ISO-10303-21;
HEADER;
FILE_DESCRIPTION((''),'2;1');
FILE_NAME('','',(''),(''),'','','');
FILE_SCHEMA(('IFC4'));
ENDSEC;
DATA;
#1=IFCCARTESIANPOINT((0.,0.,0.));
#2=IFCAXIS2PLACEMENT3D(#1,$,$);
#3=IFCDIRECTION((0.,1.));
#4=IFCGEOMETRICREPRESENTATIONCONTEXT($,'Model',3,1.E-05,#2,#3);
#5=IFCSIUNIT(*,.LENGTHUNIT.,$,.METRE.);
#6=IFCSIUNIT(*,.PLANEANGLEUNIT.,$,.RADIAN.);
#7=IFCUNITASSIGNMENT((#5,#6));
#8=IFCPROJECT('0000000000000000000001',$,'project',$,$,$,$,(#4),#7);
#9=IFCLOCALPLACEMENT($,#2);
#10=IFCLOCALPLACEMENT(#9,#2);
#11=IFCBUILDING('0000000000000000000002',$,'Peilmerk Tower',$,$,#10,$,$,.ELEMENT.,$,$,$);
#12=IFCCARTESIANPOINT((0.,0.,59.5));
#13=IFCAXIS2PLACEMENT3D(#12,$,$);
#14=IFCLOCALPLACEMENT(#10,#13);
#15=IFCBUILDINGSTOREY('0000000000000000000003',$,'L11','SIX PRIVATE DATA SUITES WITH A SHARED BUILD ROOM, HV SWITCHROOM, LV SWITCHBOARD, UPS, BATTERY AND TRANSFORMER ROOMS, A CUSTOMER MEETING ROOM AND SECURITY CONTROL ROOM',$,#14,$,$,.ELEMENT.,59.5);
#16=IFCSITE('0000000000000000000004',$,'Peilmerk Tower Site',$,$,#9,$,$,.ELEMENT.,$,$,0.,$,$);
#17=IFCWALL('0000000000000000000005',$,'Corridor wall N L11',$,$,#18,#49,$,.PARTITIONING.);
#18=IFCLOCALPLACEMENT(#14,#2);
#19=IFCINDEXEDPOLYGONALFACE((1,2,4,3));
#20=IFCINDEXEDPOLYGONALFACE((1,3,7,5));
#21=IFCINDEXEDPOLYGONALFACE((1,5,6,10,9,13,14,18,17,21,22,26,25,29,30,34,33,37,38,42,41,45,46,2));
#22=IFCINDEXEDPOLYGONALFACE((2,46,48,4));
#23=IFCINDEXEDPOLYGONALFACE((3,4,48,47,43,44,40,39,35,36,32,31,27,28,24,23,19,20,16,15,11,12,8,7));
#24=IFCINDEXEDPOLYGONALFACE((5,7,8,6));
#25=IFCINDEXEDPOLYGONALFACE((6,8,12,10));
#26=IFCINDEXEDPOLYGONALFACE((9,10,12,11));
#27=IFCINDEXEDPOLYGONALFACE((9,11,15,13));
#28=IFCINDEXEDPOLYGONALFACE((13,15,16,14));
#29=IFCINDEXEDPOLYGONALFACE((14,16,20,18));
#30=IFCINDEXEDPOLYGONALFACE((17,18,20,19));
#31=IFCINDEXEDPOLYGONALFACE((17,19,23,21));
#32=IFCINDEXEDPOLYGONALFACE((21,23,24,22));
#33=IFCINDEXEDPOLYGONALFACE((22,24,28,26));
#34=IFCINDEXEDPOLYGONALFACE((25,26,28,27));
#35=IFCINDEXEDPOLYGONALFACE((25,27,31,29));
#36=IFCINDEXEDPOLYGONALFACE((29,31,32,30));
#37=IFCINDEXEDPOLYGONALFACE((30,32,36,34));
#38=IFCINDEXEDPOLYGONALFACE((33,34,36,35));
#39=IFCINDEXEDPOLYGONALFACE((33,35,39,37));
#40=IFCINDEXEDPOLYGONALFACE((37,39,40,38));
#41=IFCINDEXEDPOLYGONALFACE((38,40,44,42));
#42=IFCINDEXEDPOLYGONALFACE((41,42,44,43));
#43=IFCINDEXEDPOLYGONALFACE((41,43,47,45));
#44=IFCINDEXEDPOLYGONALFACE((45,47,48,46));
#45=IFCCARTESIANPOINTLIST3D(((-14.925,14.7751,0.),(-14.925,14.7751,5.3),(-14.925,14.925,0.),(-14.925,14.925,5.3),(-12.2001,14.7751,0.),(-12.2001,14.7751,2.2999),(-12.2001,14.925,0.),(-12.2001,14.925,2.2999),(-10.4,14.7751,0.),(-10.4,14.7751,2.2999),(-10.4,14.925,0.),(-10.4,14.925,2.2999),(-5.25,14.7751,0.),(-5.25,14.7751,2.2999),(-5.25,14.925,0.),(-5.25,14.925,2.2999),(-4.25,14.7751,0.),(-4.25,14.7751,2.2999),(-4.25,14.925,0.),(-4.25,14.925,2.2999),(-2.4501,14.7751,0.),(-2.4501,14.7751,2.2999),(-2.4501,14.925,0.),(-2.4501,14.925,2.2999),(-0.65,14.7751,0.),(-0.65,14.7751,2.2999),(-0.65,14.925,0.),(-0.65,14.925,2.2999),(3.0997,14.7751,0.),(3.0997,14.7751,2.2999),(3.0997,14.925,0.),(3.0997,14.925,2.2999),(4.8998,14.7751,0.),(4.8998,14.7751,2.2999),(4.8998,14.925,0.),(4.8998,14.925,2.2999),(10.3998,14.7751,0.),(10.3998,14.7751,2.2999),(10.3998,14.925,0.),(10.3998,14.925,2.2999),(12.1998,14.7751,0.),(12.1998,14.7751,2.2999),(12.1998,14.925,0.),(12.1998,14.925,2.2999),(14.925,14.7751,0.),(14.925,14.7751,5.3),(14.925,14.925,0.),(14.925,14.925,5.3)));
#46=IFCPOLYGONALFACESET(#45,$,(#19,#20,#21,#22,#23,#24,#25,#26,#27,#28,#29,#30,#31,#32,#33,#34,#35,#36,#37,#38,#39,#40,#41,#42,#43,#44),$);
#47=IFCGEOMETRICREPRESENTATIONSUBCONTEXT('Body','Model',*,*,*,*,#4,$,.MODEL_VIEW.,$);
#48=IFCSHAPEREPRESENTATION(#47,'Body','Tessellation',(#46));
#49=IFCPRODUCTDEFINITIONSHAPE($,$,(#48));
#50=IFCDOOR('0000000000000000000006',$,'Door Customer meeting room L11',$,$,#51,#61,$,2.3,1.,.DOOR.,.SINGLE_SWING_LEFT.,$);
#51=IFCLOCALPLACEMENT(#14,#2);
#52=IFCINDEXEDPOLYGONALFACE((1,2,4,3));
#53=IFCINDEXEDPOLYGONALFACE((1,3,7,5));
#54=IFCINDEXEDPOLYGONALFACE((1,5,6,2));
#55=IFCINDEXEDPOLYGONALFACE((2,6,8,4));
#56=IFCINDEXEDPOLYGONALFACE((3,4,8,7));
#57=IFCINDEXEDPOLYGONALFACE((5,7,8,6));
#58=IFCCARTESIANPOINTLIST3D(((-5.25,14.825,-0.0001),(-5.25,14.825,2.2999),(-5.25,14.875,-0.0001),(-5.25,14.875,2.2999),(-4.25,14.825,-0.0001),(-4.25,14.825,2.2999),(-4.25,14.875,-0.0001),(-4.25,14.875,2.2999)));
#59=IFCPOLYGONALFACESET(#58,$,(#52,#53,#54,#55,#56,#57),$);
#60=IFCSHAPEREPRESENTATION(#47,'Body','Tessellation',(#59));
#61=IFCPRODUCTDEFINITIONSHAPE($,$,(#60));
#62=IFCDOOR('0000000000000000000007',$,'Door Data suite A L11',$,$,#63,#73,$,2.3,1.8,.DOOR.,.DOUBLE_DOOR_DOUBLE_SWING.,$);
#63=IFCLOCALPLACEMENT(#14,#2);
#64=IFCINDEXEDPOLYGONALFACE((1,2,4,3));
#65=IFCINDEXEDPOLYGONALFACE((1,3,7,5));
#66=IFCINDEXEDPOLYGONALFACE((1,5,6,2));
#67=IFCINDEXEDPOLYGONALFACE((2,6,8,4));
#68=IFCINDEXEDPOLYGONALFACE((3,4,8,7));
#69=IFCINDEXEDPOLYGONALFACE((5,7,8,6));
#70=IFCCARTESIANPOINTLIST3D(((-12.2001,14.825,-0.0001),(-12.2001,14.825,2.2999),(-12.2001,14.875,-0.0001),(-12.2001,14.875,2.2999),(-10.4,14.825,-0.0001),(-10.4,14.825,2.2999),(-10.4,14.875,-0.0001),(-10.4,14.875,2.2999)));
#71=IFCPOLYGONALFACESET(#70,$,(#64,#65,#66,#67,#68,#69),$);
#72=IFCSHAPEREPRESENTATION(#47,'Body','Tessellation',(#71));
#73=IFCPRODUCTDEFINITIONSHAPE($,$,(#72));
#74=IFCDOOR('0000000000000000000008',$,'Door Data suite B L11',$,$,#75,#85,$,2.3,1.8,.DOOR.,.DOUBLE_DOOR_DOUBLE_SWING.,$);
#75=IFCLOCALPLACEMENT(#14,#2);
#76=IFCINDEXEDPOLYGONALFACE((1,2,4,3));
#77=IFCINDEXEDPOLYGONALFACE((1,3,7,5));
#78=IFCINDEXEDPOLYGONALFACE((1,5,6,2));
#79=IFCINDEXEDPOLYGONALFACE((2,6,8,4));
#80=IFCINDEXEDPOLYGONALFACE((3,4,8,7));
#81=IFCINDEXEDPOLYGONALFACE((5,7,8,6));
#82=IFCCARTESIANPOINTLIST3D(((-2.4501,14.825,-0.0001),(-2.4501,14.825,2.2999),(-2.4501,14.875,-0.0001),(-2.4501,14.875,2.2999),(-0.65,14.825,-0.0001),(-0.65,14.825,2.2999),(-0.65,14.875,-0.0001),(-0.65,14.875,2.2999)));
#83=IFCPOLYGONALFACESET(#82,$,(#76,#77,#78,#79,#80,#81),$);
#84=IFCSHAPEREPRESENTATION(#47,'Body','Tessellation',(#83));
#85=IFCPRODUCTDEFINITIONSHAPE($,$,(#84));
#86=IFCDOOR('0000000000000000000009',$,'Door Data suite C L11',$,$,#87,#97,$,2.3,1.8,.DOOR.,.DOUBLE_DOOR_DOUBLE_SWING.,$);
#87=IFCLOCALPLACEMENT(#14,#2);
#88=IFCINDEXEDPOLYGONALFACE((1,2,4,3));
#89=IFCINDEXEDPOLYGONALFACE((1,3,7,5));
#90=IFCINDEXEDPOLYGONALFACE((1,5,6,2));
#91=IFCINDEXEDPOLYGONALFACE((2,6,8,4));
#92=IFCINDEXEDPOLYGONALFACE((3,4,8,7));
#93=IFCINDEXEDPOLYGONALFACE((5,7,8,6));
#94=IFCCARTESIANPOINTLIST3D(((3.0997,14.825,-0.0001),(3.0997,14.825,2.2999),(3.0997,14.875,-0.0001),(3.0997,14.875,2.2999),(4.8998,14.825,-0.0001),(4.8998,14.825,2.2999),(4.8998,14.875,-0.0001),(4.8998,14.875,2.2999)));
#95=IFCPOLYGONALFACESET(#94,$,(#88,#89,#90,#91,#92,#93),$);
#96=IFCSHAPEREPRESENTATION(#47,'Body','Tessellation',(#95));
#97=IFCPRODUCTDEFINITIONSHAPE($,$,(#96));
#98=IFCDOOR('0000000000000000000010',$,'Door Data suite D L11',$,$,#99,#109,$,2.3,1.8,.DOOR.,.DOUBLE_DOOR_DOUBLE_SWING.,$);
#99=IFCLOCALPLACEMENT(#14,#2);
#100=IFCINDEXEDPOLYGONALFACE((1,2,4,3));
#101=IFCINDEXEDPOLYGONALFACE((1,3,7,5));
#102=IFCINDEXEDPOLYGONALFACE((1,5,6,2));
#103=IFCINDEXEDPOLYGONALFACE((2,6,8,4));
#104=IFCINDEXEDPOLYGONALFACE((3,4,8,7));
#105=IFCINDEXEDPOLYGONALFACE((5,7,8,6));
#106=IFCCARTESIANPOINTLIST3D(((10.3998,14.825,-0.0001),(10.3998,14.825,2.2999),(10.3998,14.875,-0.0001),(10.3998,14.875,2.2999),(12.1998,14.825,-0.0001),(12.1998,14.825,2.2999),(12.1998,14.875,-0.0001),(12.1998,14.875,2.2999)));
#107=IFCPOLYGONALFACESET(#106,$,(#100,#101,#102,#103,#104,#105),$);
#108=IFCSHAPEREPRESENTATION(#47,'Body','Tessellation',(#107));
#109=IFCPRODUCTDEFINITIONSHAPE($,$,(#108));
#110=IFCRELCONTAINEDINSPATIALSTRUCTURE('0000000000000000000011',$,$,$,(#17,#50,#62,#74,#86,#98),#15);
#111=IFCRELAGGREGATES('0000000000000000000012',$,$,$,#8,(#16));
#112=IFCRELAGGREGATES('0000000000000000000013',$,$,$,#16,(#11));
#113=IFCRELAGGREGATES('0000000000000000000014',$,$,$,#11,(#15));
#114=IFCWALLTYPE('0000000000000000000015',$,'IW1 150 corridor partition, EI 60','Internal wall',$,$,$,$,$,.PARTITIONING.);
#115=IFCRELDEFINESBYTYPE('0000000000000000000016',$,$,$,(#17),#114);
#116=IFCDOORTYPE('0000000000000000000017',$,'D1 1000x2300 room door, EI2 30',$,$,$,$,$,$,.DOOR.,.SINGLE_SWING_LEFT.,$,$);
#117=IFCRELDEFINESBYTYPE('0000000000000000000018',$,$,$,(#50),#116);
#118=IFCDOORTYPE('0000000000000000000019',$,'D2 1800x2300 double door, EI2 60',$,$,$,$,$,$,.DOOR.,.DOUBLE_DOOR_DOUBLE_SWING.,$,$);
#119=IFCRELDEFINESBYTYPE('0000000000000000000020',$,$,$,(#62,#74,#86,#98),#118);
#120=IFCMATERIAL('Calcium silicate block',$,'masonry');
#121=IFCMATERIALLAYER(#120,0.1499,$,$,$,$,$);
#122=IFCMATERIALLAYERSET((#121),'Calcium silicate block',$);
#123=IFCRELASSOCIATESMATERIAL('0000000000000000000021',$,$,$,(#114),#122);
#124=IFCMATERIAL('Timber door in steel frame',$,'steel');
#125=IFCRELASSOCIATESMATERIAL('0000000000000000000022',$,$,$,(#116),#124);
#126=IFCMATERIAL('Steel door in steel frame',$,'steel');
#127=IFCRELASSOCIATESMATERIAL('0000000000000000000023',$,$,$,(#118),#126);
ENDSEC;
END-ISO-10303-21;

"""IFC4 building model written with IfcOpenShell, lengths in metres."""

from ifc_helpers import new_model, si_unit, direction, frame, frame_2d, origin, place, context, subcontext, project, spatial, rectangle, extrude, material, layer, layer_set, type_object, element, fill, save


model = new_model("IFC4")

# Units and contexts
model_context = context("Model", 3, precision=1e-05, world=origin(), true_north=direction((0.0, 1.0)))
body_context = subcontext(model_context, "Body", "Model", "MODEL_VIEW")
ifc_project = project(units=[si_unit("LENGTHUNIT", "METRE"), si_unit("PLANEANGLEUNIT", "RADIAN")], contexts=[model_context])

# Site, building, storey
site_placement = place(None, origin())
site = spatial("IfcSite", under=ifc_project, at=site_placement, Name="Peilmerk Tower Site", CompositionType="ELEMENT", RefElevation=0.0)
building_placement = place(site_placement, origin())
building = spatial("IfcBuilding", under=site, at=building_placement, Name="Peilmerk Tower", CompositionType="ELEMENT")
storey_placement = place(building_placement, frame((0.0, 0.0, 59.5)))
storey = spatial("IfcBuildingStorey", under=building, at=storey_placement, Name="L11", Description="SIX PRIVATE DATA SUITES WITH A SHARED BUILD ROOM, HV SWITCHROOM, LV SWITCHBOARD, UPS, BATTERY AND TRANSFORMER ROOMS, A CUSTOMER MEETING ROOM AND SECURITY CONTROL ROOM", CompositionType="ELEMENT", Elevation=59.5)

# Wall, openings, doors
ifc_material_1 = material(Name="Calcium silicate block", Category="masonry")
ifc_layer_1 = layer(ifc_material_1, 0.1499)
ifc_layer_set_1 = layer_set([ifc_layer_1], Name="Calcium silicate block")
wall_type_1 = type_object("IfcWallType", Name="IW1 150 corridor partition, EI 60", Description="Internal wall", PredefinedType="PARTITIONING", material=ifc_layer_set_1)
wall_1_placement = place(storey_placement, frame((-14.925, 14.8501, 0.0), z_axis=(0.0, 0.0, 1.0), x_axis=(1.0, 0.0, 0.0)))
wall_1 = element("IfcWall", 1, at=wall_1_placement, inside=storey, type_object=wall_type_1, Name="Corridor wall N L11", PredefinedType="PARTITIONING", context=body_context, shape_type="SweptSolid", body=[
    extrude(rectangle(XDim=29.8501, YDim=0.1499, at=frame_2d((14.925, 0.0))), origin(), (0.0, 0.0, 1.0), 5.3),
])
opening_1_placement = place(wall_1_placement, frame((2.7251, 0.0, 0.0)))
opening_1 = element("IfcOpeningElement", 2, at=opening_1_placement, cuts=wall_1, PredefinedType="OPENING", context=body_context, shape_type="SweptSolid", body=[
    extrude(rectangle(XDim=1.8, YDim=2.3, at=frame_2d((0.8999, 1.1499))), frame((0.0, 0.085, 0.0), z_axis=(0.0, -1.0, 0.0), x_axis=(1.0, 0.0, 0.0)), (0.0, 0.0, 1.0), 0.1699),
])
opening_2_placement = place(wall_1_placement, frame((12.4751, 0.0, 0.0)))
opening_2 = element("IfcOpeningElement", 3, at=opening_2_placement, cuts=wall_1, PredefinedType="OPENING", context=body_context, shape_type="SweptSolid", body=[
    extrude(rectangle(XDim=1.8, YDim=2.3, at=frame_2d((0.8999, 1.1499))), frame((0.0, 0.085, 0.0), z_axis=(0.0, -1.0, 0.0), x_axis=(1.0, 0.0, 0.0)), (0.0, 0.0, 1.0), 0.1699),
])
opening_3_placement = place(wall_1_placement, frame((18.0249, 0.0, 0.0)))
opening_3 = element("IfcOpeningElement", 4, at=opening_3_placement, cuts=wall_1, PredefinedType="OPENING", context=body_context, shape_type="SweptSolid", body=[
    extrude(rectangle(XDim=1.8, YDim=2.3, at=frame_2d((0.8999, 1.1499))), frame((0.0, 0.085, 0.0), z_axis=(0.0, -1.0, 0.0), x_axis=(1.0, 0.0, 0.0)), (0.0, 0.0, 1.0), 0.1699),
])
opening_4_placement = place(wall_1_placement, frame((25.325, 0.0, 0.0)))
opening_4 = element("IfcOpeningElement", 5, at=opening_4_placement, cuts=wall_1, PredefinedType="OPENING", context=body_context, shape_type="SweptSolid", body=[
    extrude(rectangle(XDim=1.8, YDim=2.3, at=frame_2d((0.8999, 1.1499))), frame((0.0, 0.085, 0.0), z_axis=(0.0, -1.0, 0.0), x_axis=(1.0, 0.0, 0.0)), (0.0, 0.0, 1.0), 0.1699),
])
opening_5_placement = place(wall_1_placement, frame((9.675, 0.0, 0.0)))
opening_5 = element("IfcOpeningElement", 6, at=opening_5_placement, cuts=wall_1, PredefinedType="OPENING", context=body_context, shape_type="SweptSolid", body=[
    extrude(rectangle(XDim=1.0, YDim=2.3, at=frame_2d((0.5, 1.1499))), frame((0.0, 0.085, 0.0), z_axis=(0.0, -1.0, 0.0), x_axis=(1.0, 0.0, 0.0)), (0.0, 0.0, 1.0), 0.1699),
])
ifc_material_2 = material(Name="Timber door in steel frame", Category="steel")
door_type_1 = type_object("IfcDoorType", Name="D1 1000x2300 room door, EI2 30", OperationType="SINGLE_SWING_LEFT", PredefinedType="DOOR", material=ifc_material_2)
door_1_placement = place(opening_5_placement, origin())
door_1 = element("IfcDoor", 7, at=door_1_placement, inside=storey, type_object=door_type_1, Name="Door Customer meeting room L11", OperationType="SINGLE_SWING_LEFT", OverallHeight=2.3, OverallWidth=1.0, PredefinedType="DOOR", context=body_context, shape_type="SweptSolid", body=[
    extrude(rectangle(XDim=1.0, YDim=2.3, at=frame_2d((0.5, 1.1499))), frame((0.0, 0.0249, 0.0), z_axis=(0.0, -1.0, 0.0), x_axis=(1.0, 0.0, 0.0)), (0.0, 0.0, 1.0), 0.05),
])
fill(opening_5, door_1)
ifc_material_3 = material(Name="Steel door in steel frame", Category="steel")
door_type_2 = type_object("IfcDoorType", Name="D2 1800x2300 double door, EI2 60", OperationType="DOUBLE_DOOR_DOUBLE_SWING", PredefinedType="DOOR", material=ifc_material_3)
door_2_placement = place(opening_1_placement, origin())
door_2 = element("IfcDoor", 8, at=door_2_placement, inside=storey, type_object=door_type_2, Name="Door Data suite A L11", OperationType="DOUBLE_DOOR_DOUBLE_SWING", OverallHeight=2.3, OverallWidth=1.8, PredefinedType="DOOR", context=body_context, shape_type="SweptSolid", body=[
    extrude(rectangle(XDim=1.8, YDim=2.3, at=frame_2d((0.8999, 1.1499))), frame((0.0, 0.0249, 0.0), z_axis=(0.0, -1.0, 0.0), x_axis=(1.0, 0.0, 0.0)), (0.0, 0.0, 1.0), 0.05),
])
fill(opening_1, door_2)
door_3_placement = place(opening_2_placement, origin())
door_3 = element("IfcDoor", 9, at=door_3_placement, inside=storey, type_object=door_type_2, Name="Door Data suite B L11", OperationType="DOUBLE_DOOR_DOUBLE_SWING", OverallHeight=2.3, OverallWidth=1.8, PredefinedType="DOOR", context=body_context, shape_type="SweptSolid", body=[
    extrude(rectangle(XDim=1.8, YDim=2.3, at=frame_2d((0.8999, 1.1499))), frame((0.0, 0.0249, 0.0), z_axis=(0.0, -1.0, 0.0), x_axis=(1.0, 0.0, 0.0)), (0.0, 0.0, 1.0), 0.05),
])
fill(opening_2, door_3)
door_4_placement = place(opening_3_placement, origin())
door_4 = element("IfcDoor", 10, at=door_4_placement, inside=storey, type_object=door_type_2, Name="Door Data suite C L11", OperationType="DOUBLE_DOOR_DOUBLE_SWING", OverallHeight=2.3, OverallWidth=1.8, PredefinedType="DOOR", context=body_context, shape_type="SweptSolid", body=[
    extrude(rectangle(XDim=1.8, YDim=2.3, at=frame_2d((0.8999, 1.1499))), frame((0.0, 0.0249, 0.0), z_axis=(0.0, -1.0, 0.0), x_axis=(1.0, 0.0, 0.0)), (0.0, 0.0, 1.0), 0.05),
])
fill(opening_3, door_4)
door_5_placement = place(opening_4_placement, origin())
door_5 = element("IfcDoor", 11, at=door_5_placement, inside=storey, type_object=door_type_2, Name="Door Data suite D L11", OperationType="DOUBLE_DOOR_DOUBLE_SWING", OverallHeight=2.3, OverallWidth=1.8, PredefinedType="DOOR", context=body_context, shape_type="SweptSolid", body=[
    extrude(rectangle(XDim=1.8, YDim=2.3, at=frame_2d((0.8999, 1.1499))), frame((0.0, 0.0249, 0.0), z_axis=(0.0, -1.0, 0.0), x_axis=(1.0, 0.0, 0.0)), (0.0, 0.0, 1.0), 0.05),
])
fill(opening_4, door_5)

save(model, "model.ifc")
